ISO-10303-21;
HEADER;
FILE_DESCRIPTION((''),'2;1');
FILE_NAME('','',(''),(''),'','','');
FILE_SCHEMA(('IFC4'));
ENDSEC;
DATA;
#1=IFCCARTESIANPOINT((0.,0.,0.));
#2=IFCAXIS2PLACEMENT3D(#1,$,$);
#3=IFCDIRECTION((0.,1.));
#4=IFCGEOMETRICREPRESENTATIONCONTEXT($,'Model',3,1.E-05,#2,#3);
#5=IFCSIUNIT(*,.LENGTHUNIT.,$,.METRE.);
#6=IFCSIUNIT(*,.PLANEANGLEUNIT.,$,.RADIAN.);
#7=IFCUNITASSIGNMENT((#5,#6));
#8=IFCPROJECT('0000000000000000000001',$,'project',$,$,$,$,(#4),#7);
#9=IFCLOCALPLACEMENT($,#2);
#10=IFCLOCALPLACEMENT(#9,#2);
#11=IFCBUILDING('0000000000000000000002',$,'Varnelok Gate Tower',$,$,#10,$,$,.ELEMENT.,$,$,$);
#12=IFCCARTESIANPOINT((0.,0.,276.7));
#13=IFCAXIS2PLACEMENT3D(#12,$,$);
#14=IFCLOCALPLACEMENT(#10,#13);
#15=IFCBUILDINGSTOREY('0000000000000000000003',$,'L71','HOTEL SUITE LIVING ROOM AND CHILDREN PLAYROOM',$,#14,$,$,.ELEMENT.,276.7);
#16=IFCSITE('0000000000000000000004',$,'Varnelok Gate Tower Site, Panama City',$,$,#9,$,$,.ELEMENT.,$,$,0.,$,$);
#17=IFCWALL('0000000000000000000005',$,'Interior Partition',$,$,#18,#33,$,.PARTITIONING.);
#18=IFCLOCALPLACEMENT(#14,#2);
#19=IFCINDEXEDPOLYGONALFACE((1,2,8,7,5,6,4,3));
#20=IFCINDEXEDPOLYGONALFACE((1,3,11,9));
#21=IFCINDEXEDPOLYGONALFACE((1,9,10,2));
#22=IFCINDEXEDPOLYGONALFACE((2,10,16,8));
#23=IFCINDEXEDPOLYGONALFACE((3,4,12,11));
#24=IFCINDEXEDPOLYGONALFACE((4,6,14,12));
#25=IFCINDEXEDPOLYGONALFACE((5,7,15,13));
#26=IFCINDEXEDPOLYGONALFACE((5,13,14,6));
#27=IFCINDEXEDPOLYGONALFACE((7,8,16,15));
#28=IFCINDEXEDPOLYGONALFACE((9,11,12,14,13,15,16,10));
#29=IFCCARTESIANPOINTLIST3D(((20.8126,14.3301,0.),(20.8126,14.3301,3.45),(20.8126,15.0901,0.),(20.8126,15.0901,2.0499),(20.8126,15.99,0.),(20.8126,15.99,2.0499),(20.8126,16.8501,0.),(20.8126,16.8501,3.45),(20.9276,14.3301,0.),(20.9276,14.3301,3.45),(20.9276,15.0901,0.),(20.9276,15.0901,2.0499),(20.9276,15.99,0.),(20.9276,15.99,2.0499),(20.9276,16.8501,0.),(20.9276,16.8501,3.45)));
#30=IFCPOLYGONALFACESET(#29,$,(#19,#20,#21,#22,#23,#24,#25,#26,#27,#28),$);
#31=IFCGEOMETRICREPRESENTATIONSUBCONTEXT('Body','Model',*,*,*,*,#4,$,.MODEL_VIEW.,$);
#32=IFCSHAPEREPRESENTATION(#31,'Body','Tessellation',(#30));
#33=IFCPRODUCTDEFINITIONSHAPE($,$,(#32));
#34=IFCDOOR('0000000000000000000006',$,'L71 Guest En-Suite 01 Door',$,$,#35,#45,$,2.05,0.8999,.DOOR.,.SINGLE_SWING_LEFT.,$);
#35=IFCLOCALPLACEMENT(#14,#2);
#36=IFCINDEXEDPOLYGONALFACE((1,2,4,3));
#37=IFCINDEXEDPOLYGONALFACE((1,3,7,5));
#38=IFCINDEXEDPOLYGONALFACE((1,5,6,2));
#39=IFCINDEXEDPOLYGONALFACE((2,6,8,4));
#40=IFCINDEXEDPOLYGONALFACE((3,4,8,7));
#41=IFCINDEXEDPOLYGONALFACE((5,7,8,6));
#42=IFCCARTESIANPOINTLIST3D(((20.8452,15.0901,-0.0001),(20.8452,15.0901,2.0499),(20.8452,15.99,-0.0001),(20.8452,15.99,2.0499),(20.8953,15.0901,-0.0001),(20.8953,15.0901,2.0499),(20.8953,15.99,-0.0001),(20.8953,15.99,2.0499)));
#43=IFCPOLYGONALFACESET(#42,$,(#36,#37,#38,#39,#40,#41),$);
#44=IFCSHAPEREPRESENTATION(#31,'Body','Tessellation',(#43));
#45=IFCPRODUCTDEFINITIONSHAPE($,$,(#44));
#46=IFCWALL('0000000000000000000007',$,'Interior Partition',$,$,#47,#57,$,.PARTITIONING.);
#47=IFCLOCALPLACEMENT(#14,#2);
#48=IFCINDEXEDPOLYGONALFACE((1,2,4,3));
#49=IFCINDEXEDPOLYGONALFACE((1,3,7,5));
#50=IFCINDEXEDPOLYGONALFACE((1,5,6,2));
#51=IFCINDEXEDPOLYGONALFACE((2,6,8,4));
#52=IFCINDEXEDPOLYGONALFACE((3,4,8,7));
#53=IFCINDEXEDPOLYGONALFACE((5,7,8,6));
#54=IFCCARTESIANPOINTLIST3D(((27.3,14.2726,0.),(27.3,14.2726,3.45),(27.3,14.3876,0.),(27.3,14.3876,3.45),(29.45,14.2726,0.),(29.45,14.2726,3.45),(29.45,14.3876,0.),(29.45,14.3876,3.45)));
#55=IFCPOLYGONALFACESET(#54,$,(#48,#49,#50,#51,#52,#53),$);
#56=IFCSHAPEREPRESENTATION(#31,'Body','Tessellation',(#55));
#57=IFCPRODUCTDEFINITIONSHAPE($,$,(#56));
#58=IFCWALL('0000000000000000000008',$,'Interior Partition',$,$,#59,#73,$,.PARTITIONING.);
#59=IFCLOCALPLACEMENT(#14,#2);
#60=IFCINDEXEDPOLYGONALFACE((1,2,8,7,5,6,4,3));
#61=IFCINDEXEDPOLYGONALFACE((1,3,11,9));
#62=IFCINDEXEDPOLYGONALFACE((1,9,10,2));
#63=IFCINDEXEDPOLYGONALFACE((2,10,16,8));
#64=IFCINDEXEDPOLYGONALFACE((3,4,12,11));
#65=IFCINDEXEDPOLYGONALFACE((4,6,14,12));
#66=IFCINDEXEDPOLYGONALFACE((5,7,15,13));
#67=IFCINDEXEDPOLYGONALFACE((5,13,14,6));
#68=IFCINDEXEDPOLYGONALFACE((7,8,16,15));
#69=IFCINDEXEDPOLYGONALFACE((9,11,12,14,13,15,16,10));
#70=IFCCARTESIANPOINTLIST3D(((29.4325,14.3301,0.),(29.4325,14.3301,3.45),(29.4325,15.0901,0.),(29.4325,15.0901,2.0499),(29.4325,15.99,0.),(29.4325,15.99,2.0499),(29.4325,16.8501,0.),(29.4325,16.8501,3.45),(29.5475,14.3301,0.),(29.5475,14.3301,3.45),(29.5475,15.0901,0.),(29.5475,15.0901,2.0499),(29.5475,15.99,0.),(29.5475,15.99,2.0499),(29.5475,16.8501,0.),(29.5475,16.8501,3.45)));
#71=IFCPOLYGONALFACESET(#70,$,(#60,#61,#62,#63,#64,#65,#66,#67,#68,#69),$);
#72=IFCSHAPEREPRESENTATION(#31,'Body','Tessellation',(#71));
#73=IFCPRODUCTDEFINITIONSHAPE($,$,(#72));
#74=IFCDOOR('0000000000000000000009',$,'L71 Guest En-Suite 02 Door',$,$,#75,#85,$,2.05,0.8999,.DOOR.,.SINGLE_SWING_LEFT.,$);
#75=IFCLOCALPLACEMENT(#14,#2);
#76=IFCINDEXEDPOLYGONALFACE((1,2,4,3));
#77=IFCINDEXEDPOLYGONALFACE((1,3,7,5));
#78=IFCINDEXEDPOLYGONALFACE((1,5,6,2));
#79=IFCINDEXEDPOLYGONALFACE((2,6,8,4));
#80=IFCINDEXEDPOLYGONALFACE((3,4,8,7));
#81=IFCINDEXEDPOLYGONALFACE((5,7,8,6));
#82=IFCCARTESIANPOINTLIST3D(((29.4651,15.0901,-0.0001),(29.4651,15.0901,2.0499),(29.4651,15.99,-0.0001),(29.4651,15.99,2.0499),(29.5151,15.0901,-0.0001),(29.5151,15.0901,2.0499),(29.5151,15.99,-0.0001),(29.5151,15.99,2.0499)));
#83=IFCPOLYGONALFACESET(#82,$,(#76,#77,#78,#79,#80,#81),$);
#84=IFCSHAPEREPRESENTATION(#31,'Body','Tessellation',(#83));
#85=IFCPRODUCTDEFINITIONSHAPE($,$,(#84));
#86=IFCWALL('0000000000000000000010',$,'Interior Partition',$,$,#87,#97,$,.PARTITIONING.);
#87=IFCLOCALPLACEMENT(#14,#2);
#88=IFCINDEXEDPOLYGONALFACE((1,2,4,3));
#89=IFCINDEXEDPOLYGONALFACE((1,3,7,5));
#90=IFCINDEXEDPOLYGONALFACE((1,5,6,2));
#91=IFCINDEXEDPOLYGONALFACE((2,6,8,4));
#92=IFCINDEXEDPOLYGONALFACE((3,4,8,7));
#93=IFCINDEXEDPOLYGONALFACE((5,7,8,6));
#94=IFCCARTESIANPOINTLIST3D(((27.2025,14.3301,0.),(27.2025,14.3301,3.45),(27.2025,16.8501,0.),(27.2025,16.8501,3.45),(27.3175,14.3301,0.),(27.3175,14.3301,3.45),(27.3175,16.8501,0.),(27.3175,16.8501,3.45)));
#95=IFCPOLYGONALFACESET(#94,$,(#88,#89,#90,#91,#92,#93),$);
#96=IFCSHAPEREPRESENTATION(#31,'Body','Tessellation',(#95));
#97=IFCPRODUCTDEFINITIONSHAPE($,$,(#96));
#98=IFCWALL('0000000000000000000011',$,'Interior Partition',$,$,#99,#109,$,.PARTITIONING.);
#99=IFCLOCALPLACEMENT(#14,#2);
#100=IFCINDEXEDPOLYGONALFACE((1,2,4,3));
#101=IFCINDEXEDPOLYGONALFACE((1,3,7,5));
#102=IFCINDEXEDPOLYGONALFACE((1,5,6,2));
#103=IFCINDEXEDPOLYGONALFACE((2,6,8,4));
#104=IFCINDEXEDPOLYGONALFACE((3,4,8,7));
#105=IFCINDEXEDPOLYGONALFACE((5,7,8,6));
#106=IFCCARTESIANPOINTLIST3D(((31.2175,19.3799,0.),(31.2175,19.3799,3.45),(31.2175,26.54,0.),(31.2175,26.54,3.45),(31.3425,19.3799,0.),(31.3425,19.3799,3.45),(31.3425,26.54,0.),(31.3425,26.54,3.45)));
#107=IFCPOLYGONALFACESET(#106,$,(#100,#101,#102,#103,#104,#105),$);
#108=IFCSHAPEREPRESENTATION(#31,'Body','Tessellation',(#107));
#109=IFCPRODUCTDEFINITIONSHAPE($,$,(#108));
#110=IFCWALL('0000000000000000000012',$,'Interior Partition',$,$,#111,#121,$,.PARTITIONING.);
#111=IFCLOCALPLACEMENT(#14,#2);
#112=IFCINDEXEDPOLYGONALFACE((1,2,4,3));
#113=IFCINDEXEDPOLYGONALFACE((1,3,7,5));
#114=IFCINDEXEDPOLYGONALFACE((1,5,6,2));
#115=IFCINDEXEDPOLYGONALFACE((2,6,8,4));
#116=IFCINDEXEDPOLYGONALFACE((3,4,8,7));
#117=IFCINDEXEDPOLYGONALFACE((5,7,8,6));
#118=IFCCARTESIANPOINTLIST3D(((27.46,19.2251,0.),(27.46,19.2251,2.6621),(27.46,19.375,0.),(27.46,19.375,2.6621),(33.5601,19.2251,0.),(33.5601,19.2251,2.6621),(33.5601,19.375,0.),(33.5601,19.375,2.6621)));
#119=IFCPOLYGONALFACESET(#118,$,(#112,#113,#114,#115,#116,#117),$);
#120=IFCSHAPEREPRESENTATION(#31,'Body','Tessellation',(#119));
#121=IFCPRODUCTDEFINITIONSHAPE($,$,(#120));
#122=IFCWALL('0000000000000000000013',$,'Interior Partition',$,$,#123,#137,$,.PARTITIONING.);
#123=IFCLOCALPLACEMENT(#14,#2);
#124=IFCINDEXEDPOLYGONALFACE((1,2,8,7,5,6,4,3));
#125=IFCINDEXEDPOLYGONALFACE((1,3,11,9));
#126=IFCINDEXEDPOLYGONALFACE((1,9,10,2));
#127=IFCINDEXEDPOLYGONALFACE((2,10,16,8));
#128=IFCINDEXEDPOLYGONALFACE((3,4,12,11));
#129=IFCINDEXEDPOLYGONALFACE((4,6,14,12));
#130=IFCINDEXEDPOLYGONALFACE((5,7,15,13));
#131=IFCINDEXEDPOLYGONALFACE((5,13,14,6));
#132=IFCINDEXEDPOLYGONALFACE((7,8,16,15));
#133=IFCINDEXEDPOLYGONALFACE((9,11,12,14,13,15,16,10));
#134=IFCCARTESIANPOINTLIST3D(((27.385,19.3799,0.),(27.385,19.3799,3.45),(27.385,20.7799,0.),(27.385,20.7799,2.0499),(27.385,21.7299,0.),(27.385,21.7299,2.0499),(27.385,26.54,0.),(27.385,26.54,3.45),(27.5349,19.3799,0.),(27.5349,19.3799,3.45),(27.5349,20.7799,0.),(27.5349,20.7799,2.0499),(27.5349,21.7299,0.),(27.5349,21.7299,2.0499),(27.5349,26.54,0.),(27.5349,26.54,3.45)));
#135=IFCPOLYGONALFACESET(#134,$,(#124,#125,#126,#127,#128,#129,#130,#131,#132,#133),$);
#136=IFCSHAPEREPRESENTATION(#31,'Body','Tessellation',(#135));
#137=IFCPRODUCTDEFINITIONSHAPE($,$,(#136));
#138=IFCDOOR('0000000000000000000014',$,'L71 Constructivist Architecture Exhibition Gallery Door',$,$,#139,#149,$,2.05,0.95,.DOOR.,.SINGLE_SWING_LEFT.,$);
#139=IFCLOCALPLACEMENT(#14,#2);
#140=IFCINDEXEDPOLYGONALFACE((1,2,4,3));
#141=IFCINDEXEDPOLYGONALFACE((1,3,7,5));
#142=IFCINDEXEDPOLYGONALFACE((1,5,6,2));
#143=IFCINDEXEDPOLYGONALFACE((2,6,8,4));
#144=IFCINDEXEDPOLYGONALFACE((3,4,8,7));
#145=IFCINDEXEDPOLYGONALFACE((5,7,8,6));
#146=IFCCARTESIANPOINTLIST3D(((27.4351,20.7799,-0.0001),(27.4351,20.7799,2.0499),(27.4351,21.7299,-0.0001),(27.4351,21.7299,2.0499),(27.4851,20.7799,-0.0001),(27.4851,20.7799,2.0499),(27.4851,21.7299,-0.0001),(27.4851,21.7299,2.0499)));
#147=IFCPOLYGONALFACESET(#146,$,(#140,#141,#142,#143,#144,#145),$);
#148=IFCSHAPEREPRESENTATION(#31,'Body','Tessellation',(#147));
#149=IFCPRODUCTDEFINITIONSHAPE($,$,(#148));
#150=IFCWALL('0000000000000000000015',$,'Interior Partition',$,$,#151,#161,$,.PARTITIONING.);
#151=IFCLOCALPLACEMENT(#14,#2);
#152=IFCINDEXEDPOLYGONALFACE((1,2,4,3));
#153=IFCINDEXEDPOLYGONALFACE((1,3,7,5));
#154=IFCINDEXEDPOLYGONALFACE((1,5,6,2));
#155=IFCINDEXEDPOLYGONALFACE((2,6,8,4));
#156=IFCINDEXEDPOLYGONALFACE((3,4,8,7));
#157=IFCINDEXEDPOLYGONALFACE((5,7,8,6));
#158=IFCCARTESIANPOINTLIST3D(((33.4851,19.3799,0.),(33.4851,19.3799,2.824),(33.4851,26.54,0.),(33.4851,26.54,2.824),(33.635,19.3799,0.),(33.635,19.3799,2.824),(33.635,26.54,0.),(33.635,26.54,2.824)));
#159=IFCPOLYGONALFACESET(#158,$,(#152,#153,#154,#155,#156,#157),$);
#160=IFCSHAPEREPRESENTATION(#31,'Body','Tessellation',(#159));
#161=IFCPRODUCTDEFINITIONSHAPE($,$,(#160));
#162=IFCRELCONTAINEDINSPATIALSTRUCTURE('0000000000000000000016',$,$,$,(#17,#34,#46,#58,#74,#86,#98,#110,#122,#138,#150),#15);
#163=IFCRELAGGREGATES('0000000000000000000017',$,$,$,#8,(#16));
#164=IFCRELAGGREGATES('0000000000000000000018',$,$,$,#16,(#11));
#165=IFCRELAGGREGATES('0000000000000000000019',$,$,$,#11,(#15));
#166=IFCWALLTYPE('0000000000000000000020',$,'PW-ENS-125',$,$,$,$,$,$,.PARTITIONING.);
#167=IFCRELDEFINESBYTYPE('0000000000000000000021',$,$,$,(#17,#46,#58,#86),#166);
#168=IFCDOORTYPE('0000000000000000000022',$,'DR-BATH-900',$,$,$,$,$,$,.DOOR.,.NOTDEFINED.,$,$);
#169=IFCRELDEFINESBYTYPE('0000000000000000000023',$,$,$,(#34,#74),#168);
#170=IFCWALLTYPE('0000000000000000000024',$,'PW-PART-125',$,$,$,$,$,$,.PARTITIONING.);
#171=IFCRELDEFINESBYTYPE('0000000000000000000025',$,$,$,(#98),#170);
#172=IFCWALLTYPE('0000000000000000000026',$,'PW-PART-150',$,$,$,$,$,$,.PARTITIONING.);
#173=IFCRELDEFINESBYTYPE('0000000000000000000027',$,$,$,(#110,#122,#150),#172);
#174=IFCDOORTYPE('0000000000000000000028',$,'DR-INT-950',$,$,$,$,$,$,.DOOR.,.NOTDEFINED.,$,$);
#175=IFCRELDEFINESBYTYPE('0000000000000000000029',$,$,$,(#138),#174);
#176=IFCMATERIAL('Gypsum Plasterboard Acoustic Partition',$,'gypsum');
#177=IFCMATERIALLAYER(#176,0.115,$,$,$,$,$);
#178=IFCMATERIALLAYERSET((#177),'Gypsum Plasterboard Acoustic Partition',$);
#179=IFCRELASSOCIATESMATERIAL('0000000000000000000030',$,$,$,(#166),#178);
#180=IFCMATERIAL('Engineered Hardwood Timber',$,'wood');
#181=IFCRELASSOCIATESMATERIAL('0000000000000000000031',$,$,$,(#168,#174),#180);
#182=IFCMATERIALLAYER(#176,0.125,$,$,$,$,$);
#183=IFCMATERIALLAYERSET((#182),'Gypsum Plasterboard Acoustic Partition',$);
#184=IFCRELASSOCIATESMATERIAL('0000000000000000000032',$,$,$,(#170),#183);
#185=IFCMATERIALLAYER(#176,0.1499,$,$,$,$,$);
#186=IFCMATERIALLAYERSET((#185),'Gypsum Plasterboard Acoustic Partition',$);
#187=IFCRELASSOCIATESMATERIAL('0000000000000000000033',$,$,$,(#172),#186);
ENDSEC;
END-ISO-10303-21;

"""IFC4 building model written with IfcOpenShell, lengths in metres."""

from ifc_helpers import new_model, si_unit, direction, frame, frame_2d, origin, place, context, subcontext, project, spatial, rectangle, extrude, material, layer, layer_set, type_object, element, fill, save


model = new_model("IFC4")

# Units and contexts
model_context = context("Model", 3, precision=1e-05, world=origin(), true_north=direction((0.0, 1.0)))
body_context = subcontext(model_context, "Body", "Model", "MODEL_VIEW")
ifc_project = project(units=[si_unit("LENGTHUNIT", "METRE"), si_unit("PLANEANGLEUNIT", "RADIAN")], contexts=[model_context])

# Site, building, storey
site_placement = place(None, origin())
site = spatial("IfcSite", under=ifc_project, at=site_placement, Name="Varnelok Gate Tower Site, Panama City", CompositionType="ELEMENT", RefElevation=0.0)
building_placement = place(site_placement, origin())
building = spatial("IfcBuilding", under=site, at=building_placement, Name="Varnelok Gate Tower", CompositionType="ELEMENT")
storey_placement = place(building_placement, frame((0.0, 0.0, 276.7)))
storey = spatial("IfcBuildingStorey", under=building, at=storey_placement, Name="L71", Description="HOTEL SUITE LIVING ROOM AND CHILDREN PLAYROOM", CompositionType="ELEMENT", Elevation=276.7)

# Wall, opening, door
ifc_material_1 = material(Name="Gypsum Plasterboard Acoustic Partition", Category="gypsum")
ifc_material_2 = material(Name="Engineered Hardwood Timber", Category="wood")
ifc_layer_1 = layer(ifc_material_1, 0.115)
ifc_layer_set_1 = layer_set([ifc_layer_1], Name="Gypsum Plasterboard Acoustic Partition")
wall_type_1 = type_object("IfcWallType", Name="PW-ENS-125", PredefinedType="PARTITIONING", material=ifc_layer_set_1)
wall_1_placement = place(storey_placement, frame((20.8701, 14.3301, 0.0), z_axis=(0.0, 0.0, 1.0), x_axis=(0.0, 1.0, 0.0)))
wall_1 = element("IfcWall", 1, at=wall_1_placement, inside=storey, type_object=wall_type_1, Name="Interior Partition", PredefinedType="PARTITIONING", context=body_context, shape_type="SweptSolid", body=[
    extrude(rectangle(XDim=2.52, YDim=0.115, at=frame_2d((1.26, 0.0))), origin(), (0.0, 0.0, 1.0), 3.45),
])
opening_1_placement = place(wall_1_placement, frame((0.76, 0.0, 0.0)))
opening_1 = element("IfcOpeningElement", 2, at=opening_1_placement, cuts=wall_1, PredefinedType="OPENING", context=body_context, shape_type="SweptSolid", body=[
    extrude(rectangle(XDim=0.8999, YDim=2.05, at=frame_2d((0.45, 1.0249))), frame((0.0, 0.0674, 0.0), z_axis=(0.0, -1.0, 0.0), x_axis=(1.0, 0.0, 0.0)), (0.0, 0.0, 1.0), 0.135),
])
door_type_1 = type_object("IfcDoorType", Name="DR-BATH-900", OperationType="NOTDEFINED", PredefinedType="DOOR", material=ifc_material_2)
door_1_placement = place(opening_1_placement, origin())
door_1 = element("IfcDoor", 3, at=door_1_placement, inside=storey, type_object=door_type_1, Name="L71 Guest En-Suite 01 Door", OperationType="SINGLE_SWING_LEFT", OverallHeight=2.05, OverallWidth=0.8999, PredefinedType="DOOR", context=body_context, shape_type="SweptSolid", body=[
    extrude(rectangle(XDim=0.8999, YDim=2.05, at=frame_2d((0.45, 1.0249))), frame((0.0, 0.0249, 0.0), z_axis=(0.0, -1.0, 0.0), x_axis=(1.0, 0.0, 0.0)), (0.0, 0.0, 1.0), 0.05),
])
fill(opening_1, door_1)

# Wall
wall_2_placement = place(storey_placement, frame((27.3, 14.3301, 0.0), z_axis=(0.0, 0.0, 1.0), x_axis=(1.0, 0.0, 0.0)))
element("IfcWall", 4, at=wall_2_placement, inside=storey, type_object=wall_type_1, Name="Interior Partition", PredefinedType="PARTITIONING", context=body_context, shape_type="SweptSolid", body=[
    extrude(rectangle(XDim=2.1499, YDim=0.115, at=frame_2d((1.075, 0.0))), origin(), (0.0, 0.0, 1.0), 3.45),
])

# Wall, opening, door
wall_3_placement = place(storey_placement, frame((29.49, 14.3301, 0.0), z_axis=(0.0, 0.0, 1.0), x_axis=(0.0, 1.0, 0.0)))
wall_3 = element("IfcWall", 5, at=wall_3_placement, inside=storey, type_object=wall_type_1, Name="Interior Partition", PredefinedType="PARTITIONING", context=body_context, shape_type="SweptSolid", body=[
    extrude(rectangle(XDim=2.52, YDim=0.115, at=frame_2d((1.26, 0.0))), origin(), (0.0, 0.0, 1.0), 3.45),
])
opening_2_placement = place(wall_3_placement, frame((0.76, 0.0, 0.0)))
opening_2 = element("IfcOpeningElement", 6, at=opening_2_placement, cuts=wall_3, PredefinedType="OPENING", context=body_context, shape_type="SweptSolid", body=[
    extrude(rectangle(XDim=0.8999, YDim=2.05, at=frame_2d((0.45, 1.0249))), frame((0.0, 0.0674, 0.0), z_axis=(0.0, -1.0, 0.0), x_axis=(1.0, 0.0, 0.0)), (0.0, 0.0, 1.0), 0.135),
])
door_2_placement = place(opening_2_placement, origin())
door_2 = element("IfcDoor", 7, at=door_2_placement, inside=storey, type_object=door_type_1, Name="L71 Guest En-Suite 02 Door", OperationType="SINGLE_SWING_LEFT", OverallHeight=2.05, OverallWidth=0.8999, PredefinedType="DOOR", context=body_context, shape_type="SweptSolid", body=[
    extrude(rectangle(XDim=0.8999, YDim=2.05, at=frame_2d((0.45, 1.0249))), frame((0.0, 0.0249, 0.0), z_axis=(0.0, -1.0, 0.0), x_axis=(1.0, 0.0, 0.0)), (0.0, 0.0, 1.0), 0.05),
])
fill(opening_2, door_2)

# Walls
wall_4_placement = place(storey_placement, frame((27.26, 14.3301, 0.0), z_axis=(0.0, 0.0, 1.0), x_axis=(0.0, 1.0, 0.0)))
element("IfcWall", 8, at=wall_4_placement, inside=storey, type_object=wall_type_1, Name="Interior Partition", PredefinedType="PARTITIONING", context=body_context, shape_type="SweptSolid", body=[
    extrude(rectangle(XDim=2.52, YDim=0.115, at=frame_2d((1.26, 0.0))), origin(), (0.0, 0.0, 1.0), 3.45),
])
ifc_layer_2 = layer(ifc_material_1, 0.125)
ifc_layer_set_2 = layer_set([ifc_layer_2], Name="Gypsum Plasterboard Acoustic Partition")
wall_type_2 = type_object("IfcWallType", Name="PW-PART-125", PredefinedType="PARTITIONING", material=ifc_layer_set_2)
wall_5_placement = place(storey_placement, frame((31.28, 19.3799, 0.0), z_axis=(0.0, 0.0, 1.0), x_axis=(0.0, 1.0, 0.0)))
element("IfcWall", 9, at=wall_5_placement, inside=storey, type_object=wall_type_2, Name="Interior Partition", PredefinedType="PARTITIONING", context=body_context, shape_type="SweptSolid", body=[
    extrude(rectangle(XDim=7.1602, YDim=0.125, at=frame_2d((3.5801, 0.0))), origin(), (0.0, 0.0, 1.0), 3.45),
])
ifc_layer_3 = layer(ifc_material_1, 0.1499)
ifc_layer_set_3 = layer_set([ifc_layer_3], Name="Gypsum Plasterboard Acoustic Partition")
wall_type_3 = type_object("IfcWallType", Name="PW-PART-150", PredefinedType="PARTITIONING", material=ifc_layer_set_3)
wall_6_placement = place(storey_placement, frame((27.46, 19.3, 0.0), z_axis=(0.0, 0.0, 1.0), x_axis=(1.0, 0.0, 0.0)))
element("IfcWall", 10, at=wall_6_placement, inside=storey, type_object=wall_type_3, Name="Interior Partition", PredefinedType="PARTITIONING", context=body_context, shape_type="SweptSolid", body=[
    extrude(rectangle(XDim=6.1001, YDim=0.1499, at=frame_2d((3.05, 0.0))), origin(), (0.0, 0.0, 1.0), 2.6621),
])

# Wall, opening, door
wall_7_placement = place(storey_placement, frame((27.46, 19.3799, 0.0), z_axis=(0.0, 0.0, 1.0), x_axis=(0.0, 1.0, 0.0)))
wall_7 = element("IfcWall", 11, at=wall_7_placement, inside=storey, type_object=wall_type_3, Name="Interior Partition", PredefinedType="PARTITIONING", context=body_context, shape_type="SweptSolid", body=[
    extrude(rectangle(XDim=7.1602, YDim=0.1499, at=frame_2d((3.5801, 0.0))), origin(), (0.0, 0.0, 1.0), 3.45),
])
opening_3_placement = place(wall_7_placement, frame((1.3999, 0.0, 0.0)))
opening_3 = element("IfcOpeningElement", 12, at=opening_3_placement, cuts=wall_7, PredefinedType="OPENING", context=body_context, shape_type="SweptSolid", body=[
    extrude(rectangle(XDim=0.95, YDim=2.05, at=frame_2d((0.4751, 1.0249))), frame((0.0, 0.085, 0.0), z_axis=(0.0, -1.0, 0.0), x_axis=(1.0, 0.0, 0.0)), (0.0, 0.0, 1.0), 0.1699),
])
door_type_2 = type_object("IfcDoorType", Name="DR-INT-950", OperationType="NOTDEFINED", PredefinedType="DOOR", material=ifc_material_2)
door_3_placement = place(opening_3_placement, origin())
door_3 = element("IfcDoor", 13, at=door_3_placement, inside=storey, type_object=door_type_2, Name="L71 Constructivist Architecture Exhibition Gallery Door", OperationType="SINGLE_SWING_LEFT", OverallHeight=2.05, OverallWidth=0.95, PredefinedType="DOOR", context=body_context, shape_type="SweptSolid", body=[
    extrude(rectangle(XDim=0.95, YDim=2.05, at=frame_2d((0.4751, 1.0249))), frame((0.0, 0.0249, 0.0), z_axis=(0.0, -1.0, 0.0), x_axis=(1.0, 0.0, 0.0)), (0.0, 0.0, 1.0), 0.05),
])
fill(opening_3, door_3)

# Wall
wall_8_placement = place(storey_placement, frame((33.5601, 19.3799, 0.0), z_axis=(0.0, 0.0, 1.0), x_axis=(0.0, 1.0, 0.0)))
element("IfcWall", 14, at=wall_8_placement, inside=storey, type_object=wall_type_3, Name="Interior Partition", PredefinedType="PARTITIONING", context=body_context, shape_type="SweptSolid", body=[
    extrude(rectangle(XDim=7.1602, YDim=0.1499, at=frame_2d((3.5801, 0.0))), origin(), (0.0, 0.0, 1.0), 2.824),
])

save(model, "model.ifc")
